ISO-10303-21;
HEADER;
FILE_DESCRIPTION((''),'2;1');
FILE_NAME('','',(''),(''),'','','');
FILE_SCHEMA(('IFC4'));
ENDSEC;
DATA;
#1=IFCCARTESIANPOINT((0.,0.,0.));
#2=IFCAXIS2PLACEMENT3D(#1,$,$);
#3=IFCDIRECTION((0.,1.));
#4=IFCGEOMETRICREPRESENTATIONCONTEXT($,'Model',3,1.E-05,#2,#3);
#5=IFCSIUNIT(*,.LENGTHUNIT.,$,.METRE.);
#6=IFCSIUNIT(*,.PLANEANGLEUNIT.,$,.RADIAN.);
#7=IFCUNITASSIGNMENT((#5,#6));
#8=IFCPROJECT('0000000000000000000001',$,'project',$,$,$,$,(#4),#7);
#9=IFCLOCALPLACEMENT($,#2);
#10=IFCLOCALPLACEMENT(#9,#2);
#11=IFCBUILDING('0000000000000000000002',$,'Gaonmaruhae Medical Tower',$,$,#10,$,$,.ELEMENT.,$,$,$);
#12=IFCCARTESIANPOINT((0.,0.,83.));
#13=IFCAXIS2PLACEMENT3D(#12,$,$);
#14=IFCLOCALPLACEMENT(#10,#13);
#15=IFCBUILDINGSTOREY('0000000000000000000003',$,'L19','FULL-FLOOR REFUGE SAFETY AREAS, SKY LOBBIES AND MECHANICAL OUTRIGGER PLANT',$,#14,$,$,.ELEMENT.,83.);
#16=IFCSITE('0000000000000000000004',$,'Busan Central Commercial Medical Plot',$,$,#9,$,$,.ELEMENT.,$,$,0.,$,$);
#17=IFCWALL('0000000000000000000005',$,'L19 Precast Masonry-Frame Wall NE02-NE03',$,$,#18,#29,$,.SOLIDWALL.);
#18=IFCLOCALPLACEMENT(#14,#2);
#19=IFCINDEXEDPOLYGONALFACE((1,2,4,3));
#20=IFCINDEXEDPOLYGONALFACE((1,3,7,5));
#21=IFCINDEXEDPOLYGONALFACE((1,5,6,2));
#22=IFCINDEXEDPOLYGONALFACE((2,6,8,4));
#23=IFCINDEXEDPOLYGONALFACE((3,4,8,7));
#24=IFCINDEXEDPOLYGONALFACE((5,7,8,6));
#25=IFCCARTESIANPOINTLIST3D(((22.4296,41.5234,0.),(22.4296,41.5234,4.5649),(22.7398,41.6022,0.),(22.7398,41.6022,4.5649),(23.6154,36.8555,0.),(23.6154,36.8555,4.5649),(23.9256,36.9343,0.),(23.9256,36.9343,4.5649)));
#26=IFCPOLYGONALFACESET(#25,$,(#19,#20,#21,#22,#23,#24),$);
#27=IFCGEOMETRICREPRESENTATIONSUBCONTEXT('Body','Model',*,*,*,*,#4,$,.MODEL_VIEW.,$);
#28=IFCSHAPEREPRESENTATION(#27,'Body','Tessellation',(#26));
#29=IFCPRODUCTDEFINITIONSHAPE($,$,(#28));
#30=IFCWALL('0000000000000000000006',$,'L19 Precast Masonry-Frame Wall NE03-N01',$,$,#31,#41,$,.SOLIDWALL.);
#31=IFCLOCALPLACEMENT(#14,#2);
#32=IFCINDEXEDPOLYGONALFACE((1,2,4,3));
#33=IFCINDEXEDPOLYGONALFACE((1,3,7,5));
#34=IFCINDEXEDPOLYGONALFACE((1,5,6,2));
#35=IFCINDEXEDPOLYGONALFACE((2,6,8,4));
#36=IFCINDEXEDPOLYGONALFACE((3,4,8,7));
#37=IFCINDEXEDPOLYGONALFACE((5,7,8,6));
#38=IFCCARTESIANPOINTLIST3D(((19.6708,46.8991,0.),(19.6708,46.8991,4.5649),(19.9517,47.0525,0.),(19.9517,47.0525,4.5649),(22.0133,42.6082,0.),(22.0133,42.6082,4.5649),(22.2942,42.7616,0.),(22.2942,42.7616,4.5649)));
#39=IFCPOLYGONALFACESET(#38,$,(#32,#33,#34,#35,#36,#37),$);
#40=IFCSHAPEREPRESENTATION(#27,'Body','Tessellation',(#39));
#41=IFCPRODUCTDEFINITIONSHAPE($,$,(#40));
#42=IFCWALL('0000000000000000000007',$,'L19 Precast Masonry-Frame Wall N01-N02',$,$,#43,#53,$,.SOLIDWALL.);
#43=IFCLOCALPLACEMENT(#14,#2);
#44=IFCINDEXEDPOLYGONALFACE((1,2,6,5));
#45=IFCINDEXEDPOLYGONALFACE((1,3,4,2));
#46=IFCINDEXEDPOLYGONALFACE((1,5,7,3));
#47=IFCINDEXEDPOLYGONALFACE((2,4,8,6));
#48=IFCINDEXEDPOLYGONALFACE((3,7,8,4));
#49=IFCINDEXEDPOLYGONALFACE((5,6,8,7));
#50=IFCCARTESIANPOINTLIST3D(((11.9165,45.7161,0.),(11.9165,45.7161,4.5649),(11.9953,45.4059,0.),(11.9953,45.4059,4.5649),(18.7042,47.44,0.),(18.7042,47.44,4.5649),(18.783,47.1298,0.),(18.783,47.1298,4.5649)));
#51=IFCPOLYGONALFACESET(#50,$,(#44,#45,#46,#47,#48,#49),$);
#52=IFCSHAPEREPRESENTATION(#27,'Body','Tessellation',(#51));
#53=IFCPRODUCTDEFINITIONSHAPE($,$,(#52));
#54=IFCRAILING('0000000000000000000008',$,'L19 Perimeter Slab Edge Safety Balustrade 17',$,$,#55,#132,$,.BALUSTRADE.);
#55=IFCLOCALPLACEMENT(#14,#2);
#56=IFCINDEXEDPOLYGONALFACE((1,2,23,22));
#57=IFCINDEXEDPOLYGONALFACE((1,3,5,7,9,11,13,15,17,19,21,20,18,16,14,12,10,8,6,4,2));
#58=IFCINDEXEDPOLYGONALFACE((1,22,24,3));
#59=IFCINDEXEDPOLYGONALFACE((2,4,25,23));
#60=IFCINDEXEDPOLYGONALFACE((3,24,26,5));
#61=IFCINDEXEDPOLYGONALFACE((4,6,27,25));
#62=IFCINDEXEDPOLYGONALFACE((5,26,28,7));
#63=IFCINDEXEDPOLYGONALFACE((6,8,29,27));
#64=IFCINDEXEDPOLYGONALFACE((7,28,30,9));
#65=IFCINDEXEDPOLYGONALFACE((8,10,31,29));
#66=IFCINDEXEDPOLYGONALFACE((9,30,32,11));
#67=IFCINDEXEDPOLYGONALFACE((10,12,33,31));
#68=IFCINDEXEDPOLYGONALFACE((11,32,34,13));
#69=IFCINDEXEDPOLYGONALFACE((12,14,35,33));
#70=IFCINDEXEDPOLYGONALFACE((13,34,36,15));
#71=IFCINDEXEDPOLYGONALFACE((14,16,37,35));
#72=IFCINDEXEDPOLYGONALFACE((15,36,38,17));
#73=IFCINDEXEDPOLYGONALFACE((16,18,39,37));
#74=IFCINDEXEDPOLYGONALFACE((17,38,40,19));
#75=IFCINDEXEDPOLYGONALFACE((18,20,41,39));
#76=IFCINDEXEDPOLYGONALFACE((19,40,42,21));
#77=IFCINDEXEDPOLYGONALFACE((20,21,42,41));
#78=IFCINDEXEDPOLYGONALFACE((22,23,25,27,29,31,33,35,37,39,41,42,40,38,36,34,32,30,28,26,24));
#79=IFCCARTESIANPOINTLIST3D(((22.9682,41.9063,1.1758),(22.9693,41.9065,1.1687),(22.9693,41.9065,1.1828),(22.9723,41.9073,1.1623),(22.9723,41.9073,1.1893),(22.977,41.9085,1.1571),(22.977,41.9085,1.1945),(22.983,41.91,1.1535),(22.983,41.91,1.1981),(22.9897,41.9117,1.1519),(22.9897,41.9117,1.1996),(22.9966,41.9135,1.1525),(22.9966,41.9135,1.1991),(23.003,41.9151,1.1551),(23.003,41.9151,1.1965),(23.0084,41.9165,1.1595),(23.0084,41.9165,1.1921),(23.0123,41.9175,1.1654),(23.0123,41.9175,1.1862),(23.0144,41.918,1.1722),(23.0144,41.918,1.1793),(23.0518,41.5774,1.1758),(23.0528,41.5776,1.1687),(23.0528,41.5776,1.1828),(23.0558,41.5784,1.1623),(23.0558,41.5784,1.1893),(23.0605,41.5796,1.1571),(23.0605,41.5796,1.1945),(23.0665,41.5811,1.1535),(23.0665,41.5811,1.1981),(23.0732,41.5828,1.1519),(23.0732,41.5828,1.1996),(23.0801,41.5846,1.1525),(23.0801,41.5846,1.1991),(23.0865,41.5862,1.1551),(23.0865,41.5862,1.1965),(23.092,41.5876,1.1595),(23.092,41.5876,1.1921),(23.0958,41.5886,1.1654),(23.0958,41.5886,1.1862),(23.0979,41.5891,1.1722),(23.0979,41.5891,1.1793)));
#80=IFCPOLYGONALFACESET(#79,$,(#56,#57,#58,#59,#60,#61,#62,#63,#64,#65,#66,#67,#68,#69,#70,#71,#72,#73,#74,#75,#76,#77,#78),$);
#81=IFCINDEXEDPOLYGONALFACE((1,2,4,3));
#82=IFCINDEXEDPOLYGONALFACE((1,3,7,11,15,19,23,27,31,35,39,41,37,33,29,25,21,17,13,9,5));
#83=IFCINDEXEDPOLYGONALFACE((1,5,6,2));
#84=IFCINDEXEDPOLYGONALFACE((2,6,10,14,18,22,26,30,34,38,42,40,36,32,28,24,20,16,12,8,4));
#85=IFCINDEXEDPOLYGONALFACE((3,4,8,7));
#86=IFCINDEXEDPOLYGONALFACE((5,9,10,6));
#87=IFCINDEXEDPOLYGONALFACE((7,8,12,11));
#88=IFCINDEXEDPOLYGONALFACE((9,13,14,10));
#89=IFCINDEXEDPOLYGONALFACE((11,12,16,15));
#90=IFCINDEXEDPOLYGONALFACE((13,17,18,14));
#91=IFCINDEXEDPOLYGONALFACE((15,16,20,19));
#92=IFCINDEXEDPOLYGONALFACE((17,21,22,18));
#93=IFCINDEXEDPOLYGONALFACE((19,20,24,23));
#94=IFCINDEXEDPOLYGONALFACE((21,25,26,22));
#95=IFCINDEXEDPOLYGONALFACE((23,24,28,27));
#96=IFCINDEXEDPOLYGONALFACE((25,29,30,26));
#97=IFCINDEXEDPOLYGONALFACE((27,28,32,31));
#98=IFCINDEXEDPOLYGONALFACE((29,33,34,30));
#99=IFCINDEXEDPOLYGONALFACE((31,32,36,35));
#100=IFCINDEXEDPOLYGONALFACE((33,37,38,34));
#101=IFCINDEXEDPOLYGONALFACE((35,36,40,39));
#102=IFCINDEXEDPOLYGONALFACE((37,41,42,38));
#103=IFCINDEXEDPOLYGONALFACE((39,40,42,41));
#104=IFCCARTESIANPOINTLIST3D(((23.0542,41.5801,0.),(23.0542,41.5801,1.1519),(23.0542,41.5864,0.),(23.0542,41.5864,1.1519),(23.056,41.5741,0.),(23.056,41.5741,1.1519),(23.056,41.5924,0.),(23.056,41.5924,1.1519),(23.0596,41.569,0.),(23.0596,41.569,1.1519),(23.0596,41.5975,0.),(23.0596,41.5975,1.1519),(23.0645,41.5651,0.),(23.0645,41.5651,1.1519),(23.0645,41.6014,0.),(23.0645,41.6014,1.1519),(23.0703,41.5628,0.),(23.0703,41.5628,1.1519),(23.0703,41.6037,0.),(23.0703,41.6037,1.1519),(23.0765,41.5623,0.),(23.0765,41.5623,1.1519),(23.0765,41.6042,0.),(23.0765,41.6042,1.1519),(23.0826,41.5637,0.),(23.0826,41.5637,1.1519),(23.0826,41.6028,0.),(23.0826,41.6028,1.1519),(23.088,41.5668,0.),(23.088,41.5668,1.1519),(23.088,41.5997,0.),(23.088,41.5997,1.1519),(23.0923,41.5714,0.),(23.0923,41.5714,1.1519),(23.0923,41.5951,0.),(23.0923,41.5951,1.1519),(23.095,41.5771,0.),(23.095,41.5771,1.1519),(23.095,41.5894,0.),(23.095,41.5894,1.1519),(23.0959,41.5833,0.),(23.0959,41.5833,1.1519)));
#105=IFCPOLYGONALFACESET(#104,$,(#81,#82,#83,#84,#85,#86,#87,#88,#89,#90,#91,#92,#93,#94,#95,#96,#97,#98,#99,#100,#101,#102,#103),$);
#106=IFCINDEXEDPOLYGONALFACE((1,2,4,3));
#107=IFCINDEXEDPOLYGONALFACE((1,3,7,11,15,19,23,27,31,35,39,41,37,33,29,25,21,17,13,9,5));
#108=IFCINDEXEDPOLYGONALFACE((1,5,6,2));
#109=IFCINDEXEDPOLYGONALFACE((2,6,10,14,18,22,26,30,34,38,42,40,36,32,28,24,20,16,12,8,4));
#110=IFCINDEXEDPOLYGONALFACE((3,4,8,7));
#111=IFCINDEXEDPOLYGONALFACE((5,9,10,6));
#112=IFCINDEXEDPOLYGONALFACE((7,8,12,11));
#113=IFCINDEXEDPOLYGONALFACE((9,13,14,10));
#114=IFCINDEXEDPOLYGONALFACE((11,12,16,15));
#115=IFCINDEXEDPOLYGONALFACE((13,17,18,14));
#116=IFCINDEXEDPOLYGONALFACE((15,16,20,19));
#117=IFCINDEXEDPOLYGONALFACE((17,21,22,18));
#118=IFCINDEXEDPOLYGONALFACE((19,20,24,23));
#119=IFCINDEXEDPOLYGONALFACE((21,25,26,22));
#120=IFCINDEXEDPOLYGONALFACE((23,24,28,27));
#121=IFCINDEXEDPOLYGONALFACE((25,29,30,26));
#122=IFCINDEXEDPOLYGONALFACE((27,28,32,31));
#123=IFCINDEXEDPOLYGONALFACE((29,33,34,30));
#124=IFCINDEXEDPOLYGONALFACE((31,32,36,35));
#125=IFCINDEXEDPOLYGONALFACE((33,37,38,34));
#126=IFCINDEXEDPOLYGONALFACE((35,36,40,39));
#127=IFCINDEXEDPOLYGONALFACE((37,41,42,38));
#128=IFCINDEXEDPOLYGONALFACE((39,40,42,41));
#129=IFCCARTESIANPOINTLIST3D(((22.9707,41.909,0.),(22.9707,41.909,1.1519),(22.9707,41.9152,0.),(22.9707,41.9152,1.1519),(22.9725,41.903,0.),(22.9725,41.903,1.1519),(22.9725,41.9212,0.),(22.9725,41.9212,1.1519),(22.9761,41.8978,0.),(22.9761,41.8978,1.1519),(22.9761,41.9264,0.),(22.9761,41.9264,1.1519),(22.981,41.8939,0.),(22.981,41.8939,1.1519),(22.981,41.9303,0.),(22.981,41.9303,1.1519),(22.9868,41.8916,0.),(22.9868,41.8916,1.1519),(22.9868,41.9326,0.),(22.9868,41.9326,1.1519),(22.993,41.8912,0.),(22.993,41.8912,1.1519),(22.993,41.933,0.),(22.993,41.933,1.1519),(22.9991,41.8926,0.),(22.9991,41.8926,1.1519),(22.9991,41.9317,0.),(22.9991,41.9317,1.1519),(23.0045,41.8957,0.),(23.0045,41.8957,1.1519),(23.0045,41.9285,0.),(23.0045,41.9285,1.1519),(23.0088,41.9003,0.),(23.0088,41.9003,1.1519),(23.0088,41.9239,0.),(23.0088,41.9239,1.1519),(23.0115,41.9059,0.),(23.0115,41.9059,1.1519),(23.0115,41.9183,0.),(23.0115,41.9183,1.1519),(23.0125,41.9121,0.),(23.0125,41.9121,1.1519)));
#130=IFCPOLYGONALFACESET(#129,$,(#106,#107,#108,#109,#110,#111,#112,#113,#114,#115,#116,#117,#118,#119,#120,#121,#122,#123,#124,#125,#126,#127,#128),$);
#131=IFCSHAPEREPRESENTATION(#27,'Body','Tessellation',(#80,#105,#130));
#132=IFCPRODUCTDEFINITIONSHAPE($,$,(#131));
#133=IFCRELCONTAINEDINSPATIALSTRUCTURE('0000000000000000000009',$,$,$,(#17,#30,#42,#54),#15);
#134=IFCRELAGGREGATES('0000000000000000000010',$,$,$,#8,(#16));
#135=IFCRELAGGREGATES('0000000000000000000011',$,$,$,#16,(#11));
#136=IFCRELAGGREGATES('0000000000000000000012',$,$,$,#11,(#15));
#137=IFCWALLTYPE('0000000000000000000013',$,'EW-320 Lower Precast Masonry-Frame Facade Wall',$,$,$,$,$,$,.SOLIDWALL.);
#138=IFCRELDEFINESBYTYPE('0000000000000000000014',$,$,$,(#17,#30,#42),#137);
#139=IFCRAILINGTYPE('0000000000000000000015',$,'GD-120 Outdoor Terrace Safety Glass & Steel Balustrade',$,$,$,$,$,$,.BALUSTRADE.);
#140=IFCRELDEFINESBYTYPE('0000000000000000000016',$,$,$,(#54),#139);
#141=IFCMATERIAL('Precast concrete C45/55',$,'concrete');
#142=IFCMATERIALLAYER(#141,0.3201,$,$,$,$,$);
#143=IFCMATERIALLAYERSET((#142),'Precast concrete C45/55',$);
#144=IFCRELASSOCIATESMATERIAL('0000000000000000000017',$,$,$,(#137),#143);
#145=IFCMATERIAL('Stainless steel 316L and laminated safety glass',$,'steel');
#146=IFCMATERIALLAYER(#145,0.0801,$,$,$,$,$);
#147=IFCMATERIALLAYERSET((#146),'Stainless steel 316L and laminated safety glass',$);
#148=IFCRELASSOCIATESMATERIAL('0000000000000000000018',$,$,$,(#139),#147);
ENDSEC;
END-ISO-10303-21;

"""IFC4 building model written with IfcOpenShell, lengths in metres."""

from ifc_helpers import new_model, si_unit, direction, frame, frame_2d, origin, origin_2d, place, context, subcontext, project, spatial, rectangle, circle, extrude, material, layer, layer_set, type_object, element, save


model = new_model("IFC4")

# Units and contexts
model_context = context("Model", 3, precision=1e-05, world=origin(), true_north=direction((0.0, 1.0)))
body_context = subcontext(model_context, "Body", "Model", "MODEL_VIEW")
ifc_project = project(units=[si_unit("LENGTHUNIT", "METRE"), si_unit("PLANEANGLEUNIT", "RADIAN")], contexts=[model_context])

# Site, building, storey
site_placement = place(None, origin())
site = spatial("IfcSite", under=ifc_project, at=site_placement, Name="Busan Central Commercial Medical Plot", CompositionType="ELEMENT", RefElevation=0.0)
building_placement = place(site_placement, origin())
building = spatial("IfcBuilding", under=site, at=building_placement, Name="Gaonmaruhae Medical Tower", CompositionType="ELEMENT")
storey_placement = place(building_placement, frame((0.0, 0.0, 83.0)))
storey = spatial("IfcBuildingStorey", under=building, at=storey_placement, Name="L19", Description="FULL-FLOOR REFUGE SAFETY AREAS, SKY LOBBIES AND MECHANICAL OUTRIGGER PLANT", CompositionType="ELEMENT", Elevation=83.0)

# Walls
ifc_material_1 = material(Name="Precast concrete C45/55", Category="concrete")
ifc_layer_1 = layer(ifc_material_1, 0.3201)
ifc_layer_set_1 = layer_set([ifc_layer_1], Name="Precast concrete C45/55")
wall_type = type_object("IfcWallType", Name="EW-320 Lower Precast Masonry-Frame Facade Wall", PredefinedType="SOLIDWALL", material=ifc_layer_set_1)
wall_1_placement = place(storey_placement, frame((23.7705, 36.8948, 0.0), z_axis=(0.0, 0.0, 1.0), x_axis=(-0.246208, 0.969217, 0.0)))
element("IfcWall", 1, at=wall_1_placement, inside=storey, type_object=wall_type, Name="L19 Precast Masonry-Frame Wall NE02-NE03", PredefinedType="SOLIDWALL", context=body_context, shape_type="SweptSolid", body=[
    extrude(rectangle(XDim=4.8162, YDim=0.3201, at=frame_2d((2.4082, 0.0))), origin(), (0.0, 0.0, 1.0), 4.5649),
])
wall_2_placement = place(storey_placement, frame((19.8113, 46.9758, 0.0), z_axis=(0.0, 0.0, 1.0), x_axis=(0.479164, -0.877726, 0.0)))
element("IfcWall", 2, at=wall_2_placement, inside=storey, type_object=wall_type, Name="L19 Precast Masonry-Frame Wall NE03-N01", PredefinedType="SOLIDWALL", context=body_context, shape_type="SweptSolid", body=[
    extrude(rectangle(XDim=4.8887, YDim=0.3201, at=frame_2d((2.4443, 0.0))), origin(), (0.0, 0.0, 1.0), 4.5649),
])
wall_3_placement = place(storey_placement, frame((11.9561, 45.561, 0.0), z_axis=(0.0, 0.0, 1.0), x_axis=(0.969229, 0.24616, 0.0)))
element("IfcWall", 3, at=wall_3_placement, inside=storey, type_object=wall_type, Name="L19 Precast Masonry-Frame Wall N01-N02", PredefinedType="SOLIDWALL", context=body_context, shape_type="SweptSolid", body=[
    extrude(rectangle(XDim=7.0032, YDim=0.3201, at=frame_2d((3.5015, 0.0))), origin(), (0.0, 0.0, 1.0), 4.5649),
])

# Railing
ifc_material_2 = material(Name="Stainless steel 316L and laminated safety glass", Category="steel")
ifc_layer_2 = layer(ifc_material_2, 0.0801)
ifc_layer_set_2 = layer_set([ifc_layer_2], Name="Stainless steel 316L and laminated safety glass")
railing_type = type_object("IfcRailingType", Name="GD-120 Outdoor Terrace Safety Glass & Steel Balustrade", PredefinedType="BALUSTRADE", material=ifc_layer_set_2)
railing_1_placement = place(storey_placement, frame((23.075, 41.5833, 0.0)))
element("IfcRailing", 4, at=railing_1_placement, inside=storey, type_object=railing_type, Name="L19 Perimeter Slab Edge Safety Balustrade 17", PredefinedType="BALUSTRADE", context=body_context, shape_type="SweptSolid", body=[
    extrude(circle(Radius=0.0239, at=origin_2d()), frame((0.0, 0.0, 1.1758), z_axis=(-0.246089, 0.969247, 0.0), x_axis=(-0.969247, -0.246089, 0.0)), (0.0, 0.0, 1.0), 0.3394),
    extrude(circle(Radius=0.021, at=origin_2d()), origin(), (0.0, 0.0, 1.0), 1.1519),
    extrude(circle(Radius=0.021, at=origin_2d()), frame((-0.0835, 0.3289, 0.0)), (0.0, 0.0, 1.0), 1.1519),
])

save(model, "model.ifc")
